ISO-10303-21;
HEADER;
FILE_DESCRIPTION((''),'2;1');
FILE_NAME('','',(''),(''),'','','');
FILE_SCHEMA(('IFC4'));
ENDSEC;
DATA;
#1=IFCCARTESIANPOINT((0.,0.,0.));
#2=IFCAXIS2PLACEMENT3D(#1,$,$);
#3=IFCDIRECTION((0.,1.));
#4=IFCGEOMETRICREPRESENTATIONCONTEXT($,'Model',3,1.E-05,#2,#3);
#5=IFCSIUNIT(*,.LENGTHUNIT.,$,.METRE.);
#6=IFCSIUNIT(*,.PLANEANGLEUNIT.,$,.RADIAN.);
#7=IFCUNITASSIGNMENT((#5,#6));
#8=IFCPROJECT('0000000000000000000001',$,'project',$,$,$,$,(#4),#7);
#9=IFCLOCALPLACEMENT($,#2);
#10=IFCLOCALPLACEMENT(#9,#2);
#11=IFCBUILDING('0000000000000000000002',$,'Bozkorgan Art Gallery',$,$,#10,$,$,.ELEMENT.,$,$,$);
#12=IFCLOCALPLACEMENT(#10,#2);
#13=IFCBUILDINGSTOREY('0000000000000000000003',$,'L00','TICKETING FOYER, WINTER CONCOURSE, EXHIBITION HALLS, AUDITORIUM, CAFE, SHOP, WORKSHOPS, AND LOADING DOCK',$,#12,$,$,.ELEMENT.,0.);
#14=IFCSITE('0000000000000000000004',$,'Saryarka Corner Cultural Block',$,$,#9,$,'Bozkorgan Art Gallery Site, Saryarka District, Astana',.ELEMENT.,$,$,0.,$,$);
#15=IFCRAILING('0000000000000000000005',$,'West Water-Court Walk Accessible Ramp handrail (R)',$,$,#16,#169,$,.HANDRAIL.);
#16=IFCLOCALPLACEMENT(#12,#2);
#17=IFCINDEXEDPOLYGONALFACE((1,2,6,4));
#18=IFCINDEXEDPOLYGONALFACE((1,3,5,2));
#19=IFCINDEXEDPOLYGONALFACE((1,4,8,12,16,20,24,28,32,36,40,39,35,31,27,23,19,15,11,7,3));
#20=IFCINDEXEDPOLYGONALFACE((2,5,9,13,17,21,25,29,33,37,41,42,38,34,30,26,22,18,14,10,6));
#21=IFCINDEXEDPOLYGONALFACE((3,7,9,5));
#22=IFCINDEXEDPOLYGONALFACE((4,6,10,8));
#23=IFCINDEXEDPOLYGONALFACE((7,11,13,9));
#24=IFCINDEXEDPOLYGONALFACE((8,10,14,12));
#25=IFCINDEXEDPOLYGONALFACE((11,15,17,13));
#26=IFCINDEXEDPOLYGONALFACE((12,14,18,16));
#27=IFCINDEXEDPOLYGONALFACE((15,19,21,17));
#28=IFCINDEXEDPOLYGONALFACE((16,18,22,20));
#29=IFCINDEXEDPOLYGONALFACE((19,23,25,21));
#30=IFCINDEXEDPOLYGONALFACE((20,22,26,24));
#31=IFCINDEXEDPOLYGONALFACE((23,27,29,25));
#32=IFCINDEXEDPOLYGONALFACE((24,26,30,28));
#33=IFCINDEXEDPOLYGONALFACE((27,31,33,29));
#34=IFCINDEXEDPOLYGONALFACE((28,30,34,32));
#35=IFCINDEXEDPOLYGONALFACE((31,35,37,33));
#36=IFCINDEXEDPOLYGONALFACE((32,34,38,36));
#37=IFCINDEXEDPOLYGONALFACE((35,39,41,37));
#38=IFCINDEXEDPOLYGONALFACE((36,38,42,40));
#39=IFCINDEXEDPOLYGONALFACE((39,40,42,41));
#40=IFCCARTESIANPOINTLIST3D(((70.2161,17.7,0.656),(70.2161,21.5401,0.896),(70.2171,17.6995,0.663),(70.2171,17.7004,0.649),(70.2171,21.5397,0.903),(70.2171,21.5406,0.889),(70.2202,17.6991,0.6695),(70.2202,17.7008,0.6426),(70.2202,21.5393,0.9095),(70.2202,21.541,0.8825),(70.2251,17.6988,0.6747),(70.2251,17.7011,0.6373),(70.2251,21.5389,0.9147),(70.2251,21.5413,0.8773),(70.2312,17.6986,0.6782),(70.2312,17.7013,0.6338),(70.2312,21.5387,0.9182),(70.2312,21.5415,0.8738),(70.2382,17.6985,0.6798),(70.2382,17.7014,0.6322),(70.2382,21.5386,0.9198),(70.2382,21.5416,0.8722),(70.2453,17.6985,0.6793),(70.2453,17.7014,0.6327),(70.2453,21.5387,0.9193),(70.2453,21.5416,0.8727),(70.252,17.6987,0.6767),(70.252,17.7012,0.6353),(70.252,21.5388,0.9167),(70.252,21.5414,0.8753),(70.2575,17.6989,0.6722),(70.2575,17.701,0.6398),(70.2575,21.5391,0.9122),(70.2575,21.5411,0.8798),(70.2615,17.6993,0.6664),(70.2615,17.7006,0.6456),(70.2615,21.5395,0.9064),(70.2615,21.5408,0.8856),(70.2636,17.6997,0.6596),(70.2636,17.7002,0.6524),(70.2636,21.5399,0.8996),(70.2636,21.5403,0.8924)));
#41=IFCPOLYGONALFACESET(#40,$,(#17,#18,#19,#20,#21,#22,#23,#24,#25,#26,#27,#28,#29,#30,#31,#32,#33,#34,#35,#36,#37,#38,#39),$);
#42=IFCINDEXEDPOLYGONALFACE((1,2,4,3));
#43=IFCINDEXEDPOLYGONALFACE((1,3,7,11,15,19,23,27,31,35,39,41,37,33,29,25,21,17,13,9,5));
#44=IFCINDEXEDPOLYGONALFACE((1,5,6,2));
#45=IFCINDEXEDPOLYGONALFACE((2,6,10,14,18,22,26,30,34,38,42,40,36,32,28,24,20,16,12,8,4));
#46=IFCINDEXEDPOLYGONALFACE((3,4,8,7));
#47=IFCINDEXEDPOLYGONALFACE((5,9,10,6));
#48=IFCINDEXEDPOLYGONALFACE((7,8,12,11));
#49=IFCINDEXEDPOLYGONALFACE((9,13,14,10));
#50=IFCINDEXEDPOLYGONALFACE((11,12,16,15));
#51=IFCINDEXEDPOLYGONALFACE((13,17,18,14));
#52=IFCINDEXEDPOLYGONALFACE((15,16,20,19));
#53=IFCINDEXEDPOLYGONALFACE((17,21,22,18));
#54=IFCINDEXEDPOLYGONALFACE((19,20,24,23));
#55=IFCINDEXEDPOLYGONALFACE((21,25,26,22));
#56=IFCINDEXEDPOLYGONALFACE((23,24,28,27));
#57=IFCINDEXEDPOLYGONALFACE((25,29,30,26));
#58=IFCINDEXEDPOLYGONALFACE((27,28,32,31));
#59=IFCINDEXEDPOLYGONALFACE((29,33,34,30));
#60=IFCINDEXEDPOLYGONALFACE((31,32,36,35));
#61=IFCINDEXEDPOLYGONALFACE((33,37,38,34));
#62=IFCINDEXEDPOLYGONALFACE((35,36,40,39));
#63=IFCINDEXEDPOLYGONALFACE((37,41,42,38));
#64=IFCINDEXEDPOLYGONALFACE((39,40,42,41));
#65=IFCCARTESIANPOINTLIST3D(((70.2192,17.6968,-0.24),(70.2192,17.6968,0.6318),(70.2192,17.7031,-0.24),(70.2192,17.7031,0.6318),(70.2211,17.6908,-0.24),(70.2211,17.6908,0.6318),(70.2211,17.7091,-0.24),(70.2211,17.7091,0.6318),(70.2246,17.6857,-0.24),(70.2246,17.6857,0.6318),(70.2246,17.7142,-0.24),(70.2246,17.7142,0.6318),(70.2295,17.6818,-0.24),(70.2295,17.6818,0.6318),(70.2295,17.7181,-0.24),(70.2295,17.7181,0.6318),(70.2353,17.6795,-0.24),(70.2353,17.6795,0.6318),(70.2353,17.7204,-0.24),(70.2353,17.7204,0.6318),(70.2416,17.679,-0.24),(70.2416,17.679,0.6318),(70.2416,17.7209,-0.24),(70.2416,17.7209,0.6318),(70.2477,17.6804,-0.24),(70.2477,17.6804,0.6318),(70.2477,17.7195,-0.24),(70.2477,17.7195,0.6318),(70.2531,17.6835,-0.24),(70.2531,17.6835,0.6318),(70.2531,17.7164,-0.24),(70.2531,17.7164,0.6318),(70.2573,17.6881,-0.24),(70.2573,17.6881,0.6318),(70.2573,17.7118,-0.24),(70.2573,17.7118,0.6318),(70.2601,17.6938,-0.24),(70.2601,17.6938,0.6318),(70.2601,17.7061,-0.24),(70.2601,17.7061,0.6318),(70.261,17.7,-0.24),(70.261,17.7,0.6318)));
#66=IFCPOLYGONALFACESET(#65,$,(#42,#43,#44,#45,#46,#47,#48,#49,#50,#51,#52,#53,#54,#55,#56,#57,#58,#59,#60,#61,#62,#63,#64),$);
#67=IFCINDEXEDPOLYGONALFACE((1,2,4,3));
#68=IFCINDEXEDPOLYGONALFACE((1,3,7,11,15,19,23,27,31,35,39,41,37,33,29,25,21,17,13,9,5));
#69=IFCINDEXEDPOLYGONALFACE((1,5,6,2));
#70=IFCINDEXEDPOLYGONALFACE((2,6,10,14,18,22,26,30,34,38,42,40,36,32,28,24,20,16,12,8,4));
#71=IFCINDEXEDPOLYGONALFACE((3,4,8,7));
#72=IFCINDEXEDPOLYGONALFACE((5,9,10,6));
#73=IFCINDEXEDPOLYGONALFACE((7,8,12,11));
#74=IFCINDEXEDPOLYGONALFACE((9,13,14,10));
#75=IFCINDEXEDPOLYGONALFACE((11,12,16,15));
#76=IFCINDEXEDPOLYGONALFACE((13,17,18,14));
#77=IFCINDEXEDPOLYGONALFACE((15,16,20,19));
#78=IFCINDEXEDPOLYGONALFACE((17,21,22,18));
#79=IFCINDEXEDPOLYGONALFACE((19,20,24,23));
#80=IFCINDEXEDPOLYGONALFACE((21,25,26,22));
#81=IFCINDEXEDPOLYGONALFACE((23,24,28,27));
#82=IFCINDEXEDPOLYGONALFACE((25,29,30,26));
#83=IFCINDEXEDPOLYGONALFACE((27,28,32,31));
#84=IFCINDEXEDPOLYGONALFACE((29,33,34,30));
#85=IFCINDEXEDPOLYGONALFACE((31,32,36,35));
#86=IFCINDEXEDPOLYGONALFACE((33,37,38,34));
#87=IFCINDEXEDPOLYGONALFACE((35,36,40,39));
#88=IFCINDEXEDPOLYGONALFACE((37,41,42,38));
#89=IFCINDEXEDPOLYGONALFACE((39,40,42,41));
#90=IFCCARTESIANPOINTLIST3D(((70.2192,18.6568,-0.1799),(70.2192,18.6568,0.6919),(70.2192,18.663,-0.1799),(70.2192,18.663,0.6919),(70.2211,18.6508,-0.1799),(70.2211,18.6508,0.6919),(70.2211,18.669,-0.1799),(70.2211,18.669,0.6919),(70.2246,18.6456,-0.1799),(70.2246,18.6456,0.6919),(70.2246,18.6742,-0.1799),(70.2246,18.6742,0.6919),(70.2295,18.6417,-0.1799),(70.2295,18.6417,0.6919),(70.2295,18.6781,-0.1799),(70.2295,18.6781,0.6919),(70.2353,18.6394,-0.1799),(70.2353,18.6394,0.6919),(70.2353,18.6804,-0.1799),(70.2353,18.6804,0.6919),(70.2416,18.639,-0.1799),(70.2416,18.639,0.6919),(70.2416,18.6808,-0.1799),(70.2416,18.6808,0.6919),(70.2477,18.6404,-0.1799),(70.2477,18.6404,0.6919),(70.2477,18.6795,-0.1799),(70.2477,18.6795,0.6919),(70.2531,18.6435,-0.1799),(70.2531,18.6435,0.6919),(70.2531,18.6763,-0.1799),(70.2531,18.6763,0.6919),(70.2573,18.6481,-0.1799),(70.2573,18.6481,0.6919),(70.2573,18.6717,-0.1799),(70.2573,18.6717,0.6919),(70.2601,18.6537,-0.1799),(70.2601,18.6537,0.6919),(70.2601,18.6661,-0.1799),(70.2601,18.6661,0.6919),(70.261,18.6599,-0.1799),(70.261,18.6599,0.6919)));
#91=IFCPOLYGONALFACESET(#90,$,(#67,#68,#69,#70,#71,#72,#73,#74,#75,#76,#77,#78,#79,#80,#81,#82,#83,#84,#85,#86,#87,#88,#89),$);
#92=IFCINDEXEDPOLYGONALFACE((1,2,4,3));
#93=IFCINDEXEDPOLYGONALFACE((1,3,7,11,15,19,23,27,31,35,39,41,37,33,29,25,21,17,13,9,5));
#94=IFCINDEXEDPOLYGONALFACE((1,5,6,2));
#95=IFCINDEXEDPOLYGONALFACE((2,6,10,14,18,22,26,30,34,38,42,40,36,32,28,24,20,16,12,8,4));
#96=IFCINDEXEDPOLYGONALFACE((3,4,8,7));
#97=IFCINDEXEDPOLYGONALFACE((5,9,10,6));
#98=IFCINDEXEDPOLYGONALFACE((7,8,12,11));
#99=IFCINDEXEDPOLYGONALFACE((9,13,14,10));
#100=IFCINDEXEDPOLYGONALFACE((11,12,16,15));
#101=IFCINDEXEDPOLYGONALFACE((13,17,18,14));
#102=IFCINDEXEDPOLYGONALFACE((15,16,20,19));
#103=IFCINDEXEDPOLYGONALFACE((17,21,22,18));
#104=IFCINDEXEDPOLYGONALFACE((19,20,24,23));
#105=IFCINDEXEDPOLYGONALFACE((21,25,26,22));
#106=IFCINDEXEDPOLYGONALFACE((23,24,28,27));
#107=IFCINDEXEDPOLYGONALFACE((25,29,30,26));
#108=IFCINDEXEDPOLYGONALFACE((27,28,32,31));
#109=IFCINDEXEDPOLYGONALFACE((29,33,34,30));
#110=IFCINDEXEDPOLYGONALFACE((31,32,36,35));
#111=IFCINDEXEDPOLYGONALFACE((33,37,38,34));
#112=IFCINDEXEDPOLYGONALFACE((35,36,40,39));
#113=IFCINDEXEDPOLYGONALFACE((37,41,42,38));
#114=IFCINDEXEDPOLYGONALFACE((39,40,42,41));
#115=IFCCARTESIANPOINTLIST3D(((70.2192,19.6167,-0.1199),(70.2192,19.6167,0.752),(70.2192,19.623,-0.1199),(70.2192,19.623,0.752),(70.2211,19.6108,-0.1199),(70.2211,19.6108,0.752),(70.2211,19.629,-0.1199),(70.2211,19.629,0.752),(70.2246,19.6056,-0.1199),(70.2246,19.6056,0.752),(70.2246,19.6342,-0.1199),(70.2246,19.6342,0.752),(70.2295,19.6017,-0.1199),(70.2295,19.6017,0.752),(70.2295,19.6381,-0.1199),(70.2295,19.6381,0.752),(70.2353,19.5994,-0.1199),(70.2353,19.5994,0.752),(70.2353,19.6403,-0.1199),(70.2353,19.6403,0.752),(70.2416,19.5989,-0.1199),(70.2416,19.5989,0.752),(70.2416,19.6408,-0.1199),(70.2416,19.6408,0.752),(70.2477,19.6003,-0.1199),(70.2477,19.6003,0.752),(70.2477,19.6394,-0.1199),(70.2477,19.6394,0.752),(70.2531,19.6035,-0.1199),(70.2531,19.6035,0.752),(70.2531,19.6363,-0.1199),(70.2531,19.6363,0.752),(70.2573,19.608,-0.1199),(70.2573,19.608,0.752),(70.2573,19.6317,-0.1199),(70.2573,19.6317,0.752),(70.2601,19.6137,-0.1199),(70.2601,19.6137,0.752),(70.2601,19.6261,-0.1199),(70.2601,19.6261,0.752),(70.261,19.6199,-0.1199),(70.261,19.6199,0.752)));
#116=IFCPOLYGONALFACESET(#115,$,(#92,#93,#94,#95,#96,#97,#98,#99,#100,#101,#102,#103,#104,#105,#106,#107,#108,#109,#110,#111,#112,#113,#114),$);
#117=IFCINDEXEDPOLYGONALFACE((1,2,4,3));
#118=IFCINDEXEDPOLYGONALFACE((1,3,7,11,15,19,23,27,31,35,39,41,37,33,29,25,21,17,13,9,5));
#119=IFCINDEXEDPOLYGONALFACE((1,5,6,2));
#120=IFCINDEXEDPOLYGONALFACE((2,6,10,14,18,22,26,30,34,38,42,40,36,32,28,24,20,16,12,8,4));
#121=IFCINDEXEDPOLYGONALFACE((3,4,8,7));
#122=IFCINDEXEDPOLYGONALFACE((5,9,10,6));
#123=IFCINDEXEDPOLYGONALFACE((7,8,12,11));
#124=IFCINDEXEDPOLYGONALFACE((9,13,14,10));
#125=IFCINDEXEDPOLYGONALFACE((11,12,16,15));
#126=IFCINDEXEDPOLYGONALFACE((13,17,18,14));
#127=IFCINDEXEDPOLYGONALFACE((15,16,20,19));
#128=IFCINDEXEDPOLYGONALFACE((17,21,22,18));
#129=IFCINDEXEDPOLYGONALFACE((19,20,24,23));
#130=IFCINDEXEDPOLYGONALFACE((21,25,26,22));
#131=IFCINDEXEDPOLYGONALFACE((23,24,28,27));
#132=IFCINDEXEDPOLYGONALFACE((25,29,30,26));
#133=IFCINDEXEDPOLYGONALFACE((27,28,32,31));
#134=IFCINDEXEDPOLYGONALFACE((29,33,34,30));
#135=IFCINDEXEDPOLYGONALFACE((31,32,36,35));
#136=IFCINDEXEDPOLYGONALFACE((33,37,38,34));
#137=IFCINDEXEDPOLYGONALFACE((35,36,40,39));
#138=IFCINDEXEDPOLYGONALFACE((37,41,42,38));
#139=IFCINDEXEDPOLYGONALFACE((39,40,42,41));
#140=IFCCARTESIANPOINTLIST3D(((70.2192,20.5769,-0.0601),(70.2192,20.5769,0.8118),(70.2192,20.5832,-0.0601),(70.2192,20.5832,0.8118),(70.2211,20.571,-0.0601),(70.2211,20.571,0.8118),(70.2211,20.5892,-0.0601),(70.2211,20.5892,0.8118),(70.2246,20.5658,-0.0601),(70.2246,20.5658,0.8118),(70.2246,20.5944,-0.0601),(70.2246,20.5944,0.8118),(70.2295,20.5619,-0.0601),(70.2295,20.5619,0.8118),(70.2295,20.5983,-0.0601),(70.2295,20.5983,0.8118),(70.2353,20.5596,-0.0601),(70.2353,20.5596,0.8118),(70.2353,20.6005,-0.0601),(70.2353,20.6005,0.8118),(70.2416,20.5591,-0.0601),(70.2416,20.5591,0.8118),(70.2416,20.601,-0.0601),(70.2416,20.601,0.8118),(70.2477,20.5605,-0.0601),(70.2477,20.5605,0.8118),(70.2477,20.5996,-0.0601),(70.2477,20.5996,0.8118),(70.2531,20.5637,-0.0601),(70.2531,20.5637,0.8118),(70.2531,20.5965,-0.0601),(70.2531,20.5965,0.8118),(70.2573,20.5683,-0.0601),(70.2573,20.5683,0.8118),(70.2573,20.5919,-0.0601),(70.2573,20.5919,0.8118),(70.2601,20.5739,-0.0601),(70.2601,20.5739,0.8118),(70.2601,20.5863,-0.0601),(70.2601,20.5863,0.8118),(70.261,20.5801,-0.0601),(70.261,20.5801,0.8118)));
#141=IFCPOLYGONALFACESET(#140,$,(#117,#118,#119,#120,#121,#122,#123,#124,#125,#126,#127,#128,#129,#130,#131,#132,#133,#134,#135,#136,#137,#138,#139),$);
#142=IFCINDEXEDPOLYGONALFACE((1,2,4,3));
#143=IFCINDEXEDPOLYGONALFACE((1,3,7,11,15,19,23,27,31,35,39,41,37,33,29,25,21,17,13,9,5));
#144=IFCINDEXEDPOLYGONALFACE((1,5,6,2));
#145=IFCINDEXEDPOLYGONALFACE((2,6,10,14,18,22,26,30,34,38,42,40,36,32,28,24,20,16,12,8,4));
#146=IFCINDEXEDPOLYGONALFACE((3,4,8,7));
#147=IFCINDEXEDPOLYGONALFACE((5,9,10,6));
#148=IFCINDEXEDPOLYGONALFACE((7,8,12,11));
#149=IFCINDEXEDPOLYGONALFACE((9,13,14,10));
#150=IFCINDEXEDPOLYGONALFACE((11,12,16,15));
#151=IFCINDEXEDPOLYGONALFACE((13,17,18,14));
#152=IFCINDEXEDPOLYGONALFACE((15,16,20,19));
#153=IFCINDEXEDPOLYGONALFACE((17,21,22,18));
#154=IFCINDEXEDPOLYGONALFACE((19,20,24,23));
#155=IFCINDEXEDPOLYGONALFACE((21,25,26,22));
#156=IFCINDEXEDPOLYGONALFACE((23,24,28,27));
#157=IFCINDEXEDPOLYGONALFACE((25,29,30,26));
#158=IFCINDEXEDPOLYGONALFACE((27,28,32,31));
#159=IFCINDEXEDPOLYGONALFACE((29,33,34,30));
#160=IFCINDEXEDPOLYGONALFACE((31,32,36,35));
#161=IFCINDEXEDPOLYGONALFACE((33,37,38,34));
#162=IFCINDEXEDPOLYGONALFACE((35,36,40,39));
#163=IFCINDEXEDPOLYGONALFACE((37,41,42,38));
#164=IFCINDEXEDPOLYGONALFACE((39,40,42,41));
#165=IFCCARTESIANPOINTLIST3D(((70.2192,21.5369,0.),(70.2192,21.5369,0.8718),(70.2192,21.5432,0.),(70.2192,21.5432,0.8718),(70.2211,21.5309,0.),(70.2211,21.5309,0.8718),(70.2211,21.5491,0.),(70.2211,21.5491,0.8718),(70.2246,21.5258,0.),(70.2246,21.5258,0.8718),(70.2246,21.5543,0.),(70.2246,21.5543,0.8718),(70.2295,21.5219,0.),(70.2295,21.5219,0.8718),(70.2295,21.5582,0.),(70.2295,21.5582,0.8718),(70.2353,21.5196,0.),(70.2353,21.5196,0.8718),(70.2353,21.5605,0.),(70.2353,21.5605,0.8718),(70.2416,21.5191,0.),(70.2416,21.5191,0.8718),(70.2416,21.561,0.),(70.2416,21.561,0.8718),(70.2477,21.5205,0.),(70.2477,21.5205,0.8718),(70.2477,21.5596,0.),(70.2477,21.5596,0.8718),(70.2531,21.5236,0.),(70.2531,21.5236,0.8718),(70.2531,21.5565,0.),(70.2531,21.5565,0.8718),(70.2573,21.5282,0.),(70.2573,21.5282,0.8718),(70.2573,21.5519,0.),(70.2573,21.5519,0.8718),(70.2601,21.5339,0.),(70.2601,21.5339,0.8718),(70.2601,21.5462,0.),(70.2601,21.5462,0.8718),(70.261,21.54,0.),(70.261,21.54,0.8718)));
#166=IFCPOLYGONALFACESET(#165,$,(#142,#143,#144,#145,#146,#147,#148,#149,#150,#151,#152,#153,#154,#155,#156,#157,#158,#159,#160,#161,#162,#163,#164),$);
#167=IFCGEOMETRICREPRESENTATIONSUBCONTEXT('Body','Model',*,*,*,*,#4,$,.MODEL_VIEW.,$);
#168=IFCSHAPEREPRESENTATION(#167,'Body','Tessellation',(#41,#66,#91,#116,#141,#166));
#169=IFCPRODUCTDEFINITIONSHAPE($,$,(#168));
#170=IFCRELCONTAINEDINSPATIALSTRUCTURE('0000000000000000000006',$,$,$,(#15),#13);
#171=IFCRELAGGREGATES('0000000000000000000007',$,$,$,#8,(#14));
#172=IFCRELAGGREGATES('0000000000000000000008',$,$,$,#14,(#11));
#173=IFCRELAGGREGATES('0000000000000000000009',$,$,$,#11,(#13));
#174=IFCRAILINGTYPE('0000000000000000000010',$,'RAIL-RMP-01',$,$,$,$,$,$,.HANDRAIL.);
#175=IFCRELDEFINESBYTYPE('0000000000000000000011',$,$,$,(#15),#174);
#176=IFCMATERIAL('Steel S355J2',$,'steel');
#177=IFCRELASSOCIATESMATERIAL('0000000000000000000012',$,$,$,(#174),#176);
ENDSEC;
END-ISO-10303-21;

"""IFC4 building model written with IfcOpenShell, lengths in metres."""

from ifc_helpers import new_model, si_unit, direction, frame, origin, origin_2d, place, context, subcontext, project, spatial, circle, extrude, material, type_object, element, save


model = new_model("IFC4")

# Units and contexts
model_context = context("Model", 3, precision=1e-05, world=origin(), true_north=direction((0.0, 1.0)))
body_context = subcontext(model_context, "Body", "Model", "MODEL_VIEW")
ifc_project = project(units=[si_unit("LENGTHUNIT", "METRE"), si_unit("PLANEANGLEUNIT", "RADIAN")], contexts=[model_context])

# Site, building, storey
site_placement = place(None, origin())
site = spatial("IfcSite", under=ifc_project, at=site_placement, Name="Saryarka Corner Cultural Block", LongName="Bozkorgan Art Gallery Site, Saryarka District, Astana", CompositionType="ELEMENT", RefElevation=0.0)
building_placement = place(site_placement, origin())
building = spatial("IfcBuilding", under=site, at=building_placement, Name="Bozkorgan Art Gallery", CompositionType="ELEMENT")
storey_placement = place(building_placement, origin())
storey = spatial("IfcBuildingStorey", under=building, at=storey_placement, Name="L00", Description="TICKETING FOYER, WINTER CONCOURSE, EXHIBITION HALLS, AUDITORIUM, CAFE, SHOP, WORKSHOPS, AND LOADING DOCK", CompositionType="ELEMENT", Elevation=0.0)

# Shared definitions
ifc_material_1 = material(Name="Steel S355J2", Category="steel")

# Railing
railing_type = type_object("IfcRailingType", Name="RAIL-RMP-01", PredefinedType="HANDRAIL", material=ifc_material_1)
for number, where, name in (
    (1, (70.24, 17.7, -0.24), "West Water-Court Walk Accessible Ramp handrail (R)"),
):
    element("IfcRailing", number, at=place(storey_placement, frame(where)), inside=storey, type_object=railing_type, Name=name, PredefinedType="HANDRAIL", context=body_context, shape_type="SweptSolid", body=[
        extrude(circle(Radius=0.0239, at=origin_2d()), frame((0.0, 0.0, 0.896), z_axis=(0.0, 0.998053, 0.062374), x_axis=(-1.0, 0.0, 0.0)), (0.0, 0.0, 1.0), 3.8477),
        extrude(circle(Radius=0.021, at=origin_2d()), origin(), (0.0, 0.0, 1.0), 0.8718),
        extrude(circle(Radius=0.021, at=origin_2d()), frame((0.0, 0.96, 0.0601)), (0.0, 0.0, 1.0), 0.8718),
        extrude(circle(Radius=0.021, at=origin_2d()), frame((0.0, 1.9199, 0.1201)), (0.0, 0.0, 1.0), 0.8718),
        extrude(circle(Radius=0.021, at=origin_2d()), frame((0.0, 2.8801, 0.1799)), (0.0, 0.0, 1.0), 0.8718),
        extrude(circle(Radius=0.021, at=origin_2d()), frame((0.0, 3.8401, 0.24)), (0.0, 0.0, 1.0), 0.8718),
    ])

save(model, "model.ifc")
